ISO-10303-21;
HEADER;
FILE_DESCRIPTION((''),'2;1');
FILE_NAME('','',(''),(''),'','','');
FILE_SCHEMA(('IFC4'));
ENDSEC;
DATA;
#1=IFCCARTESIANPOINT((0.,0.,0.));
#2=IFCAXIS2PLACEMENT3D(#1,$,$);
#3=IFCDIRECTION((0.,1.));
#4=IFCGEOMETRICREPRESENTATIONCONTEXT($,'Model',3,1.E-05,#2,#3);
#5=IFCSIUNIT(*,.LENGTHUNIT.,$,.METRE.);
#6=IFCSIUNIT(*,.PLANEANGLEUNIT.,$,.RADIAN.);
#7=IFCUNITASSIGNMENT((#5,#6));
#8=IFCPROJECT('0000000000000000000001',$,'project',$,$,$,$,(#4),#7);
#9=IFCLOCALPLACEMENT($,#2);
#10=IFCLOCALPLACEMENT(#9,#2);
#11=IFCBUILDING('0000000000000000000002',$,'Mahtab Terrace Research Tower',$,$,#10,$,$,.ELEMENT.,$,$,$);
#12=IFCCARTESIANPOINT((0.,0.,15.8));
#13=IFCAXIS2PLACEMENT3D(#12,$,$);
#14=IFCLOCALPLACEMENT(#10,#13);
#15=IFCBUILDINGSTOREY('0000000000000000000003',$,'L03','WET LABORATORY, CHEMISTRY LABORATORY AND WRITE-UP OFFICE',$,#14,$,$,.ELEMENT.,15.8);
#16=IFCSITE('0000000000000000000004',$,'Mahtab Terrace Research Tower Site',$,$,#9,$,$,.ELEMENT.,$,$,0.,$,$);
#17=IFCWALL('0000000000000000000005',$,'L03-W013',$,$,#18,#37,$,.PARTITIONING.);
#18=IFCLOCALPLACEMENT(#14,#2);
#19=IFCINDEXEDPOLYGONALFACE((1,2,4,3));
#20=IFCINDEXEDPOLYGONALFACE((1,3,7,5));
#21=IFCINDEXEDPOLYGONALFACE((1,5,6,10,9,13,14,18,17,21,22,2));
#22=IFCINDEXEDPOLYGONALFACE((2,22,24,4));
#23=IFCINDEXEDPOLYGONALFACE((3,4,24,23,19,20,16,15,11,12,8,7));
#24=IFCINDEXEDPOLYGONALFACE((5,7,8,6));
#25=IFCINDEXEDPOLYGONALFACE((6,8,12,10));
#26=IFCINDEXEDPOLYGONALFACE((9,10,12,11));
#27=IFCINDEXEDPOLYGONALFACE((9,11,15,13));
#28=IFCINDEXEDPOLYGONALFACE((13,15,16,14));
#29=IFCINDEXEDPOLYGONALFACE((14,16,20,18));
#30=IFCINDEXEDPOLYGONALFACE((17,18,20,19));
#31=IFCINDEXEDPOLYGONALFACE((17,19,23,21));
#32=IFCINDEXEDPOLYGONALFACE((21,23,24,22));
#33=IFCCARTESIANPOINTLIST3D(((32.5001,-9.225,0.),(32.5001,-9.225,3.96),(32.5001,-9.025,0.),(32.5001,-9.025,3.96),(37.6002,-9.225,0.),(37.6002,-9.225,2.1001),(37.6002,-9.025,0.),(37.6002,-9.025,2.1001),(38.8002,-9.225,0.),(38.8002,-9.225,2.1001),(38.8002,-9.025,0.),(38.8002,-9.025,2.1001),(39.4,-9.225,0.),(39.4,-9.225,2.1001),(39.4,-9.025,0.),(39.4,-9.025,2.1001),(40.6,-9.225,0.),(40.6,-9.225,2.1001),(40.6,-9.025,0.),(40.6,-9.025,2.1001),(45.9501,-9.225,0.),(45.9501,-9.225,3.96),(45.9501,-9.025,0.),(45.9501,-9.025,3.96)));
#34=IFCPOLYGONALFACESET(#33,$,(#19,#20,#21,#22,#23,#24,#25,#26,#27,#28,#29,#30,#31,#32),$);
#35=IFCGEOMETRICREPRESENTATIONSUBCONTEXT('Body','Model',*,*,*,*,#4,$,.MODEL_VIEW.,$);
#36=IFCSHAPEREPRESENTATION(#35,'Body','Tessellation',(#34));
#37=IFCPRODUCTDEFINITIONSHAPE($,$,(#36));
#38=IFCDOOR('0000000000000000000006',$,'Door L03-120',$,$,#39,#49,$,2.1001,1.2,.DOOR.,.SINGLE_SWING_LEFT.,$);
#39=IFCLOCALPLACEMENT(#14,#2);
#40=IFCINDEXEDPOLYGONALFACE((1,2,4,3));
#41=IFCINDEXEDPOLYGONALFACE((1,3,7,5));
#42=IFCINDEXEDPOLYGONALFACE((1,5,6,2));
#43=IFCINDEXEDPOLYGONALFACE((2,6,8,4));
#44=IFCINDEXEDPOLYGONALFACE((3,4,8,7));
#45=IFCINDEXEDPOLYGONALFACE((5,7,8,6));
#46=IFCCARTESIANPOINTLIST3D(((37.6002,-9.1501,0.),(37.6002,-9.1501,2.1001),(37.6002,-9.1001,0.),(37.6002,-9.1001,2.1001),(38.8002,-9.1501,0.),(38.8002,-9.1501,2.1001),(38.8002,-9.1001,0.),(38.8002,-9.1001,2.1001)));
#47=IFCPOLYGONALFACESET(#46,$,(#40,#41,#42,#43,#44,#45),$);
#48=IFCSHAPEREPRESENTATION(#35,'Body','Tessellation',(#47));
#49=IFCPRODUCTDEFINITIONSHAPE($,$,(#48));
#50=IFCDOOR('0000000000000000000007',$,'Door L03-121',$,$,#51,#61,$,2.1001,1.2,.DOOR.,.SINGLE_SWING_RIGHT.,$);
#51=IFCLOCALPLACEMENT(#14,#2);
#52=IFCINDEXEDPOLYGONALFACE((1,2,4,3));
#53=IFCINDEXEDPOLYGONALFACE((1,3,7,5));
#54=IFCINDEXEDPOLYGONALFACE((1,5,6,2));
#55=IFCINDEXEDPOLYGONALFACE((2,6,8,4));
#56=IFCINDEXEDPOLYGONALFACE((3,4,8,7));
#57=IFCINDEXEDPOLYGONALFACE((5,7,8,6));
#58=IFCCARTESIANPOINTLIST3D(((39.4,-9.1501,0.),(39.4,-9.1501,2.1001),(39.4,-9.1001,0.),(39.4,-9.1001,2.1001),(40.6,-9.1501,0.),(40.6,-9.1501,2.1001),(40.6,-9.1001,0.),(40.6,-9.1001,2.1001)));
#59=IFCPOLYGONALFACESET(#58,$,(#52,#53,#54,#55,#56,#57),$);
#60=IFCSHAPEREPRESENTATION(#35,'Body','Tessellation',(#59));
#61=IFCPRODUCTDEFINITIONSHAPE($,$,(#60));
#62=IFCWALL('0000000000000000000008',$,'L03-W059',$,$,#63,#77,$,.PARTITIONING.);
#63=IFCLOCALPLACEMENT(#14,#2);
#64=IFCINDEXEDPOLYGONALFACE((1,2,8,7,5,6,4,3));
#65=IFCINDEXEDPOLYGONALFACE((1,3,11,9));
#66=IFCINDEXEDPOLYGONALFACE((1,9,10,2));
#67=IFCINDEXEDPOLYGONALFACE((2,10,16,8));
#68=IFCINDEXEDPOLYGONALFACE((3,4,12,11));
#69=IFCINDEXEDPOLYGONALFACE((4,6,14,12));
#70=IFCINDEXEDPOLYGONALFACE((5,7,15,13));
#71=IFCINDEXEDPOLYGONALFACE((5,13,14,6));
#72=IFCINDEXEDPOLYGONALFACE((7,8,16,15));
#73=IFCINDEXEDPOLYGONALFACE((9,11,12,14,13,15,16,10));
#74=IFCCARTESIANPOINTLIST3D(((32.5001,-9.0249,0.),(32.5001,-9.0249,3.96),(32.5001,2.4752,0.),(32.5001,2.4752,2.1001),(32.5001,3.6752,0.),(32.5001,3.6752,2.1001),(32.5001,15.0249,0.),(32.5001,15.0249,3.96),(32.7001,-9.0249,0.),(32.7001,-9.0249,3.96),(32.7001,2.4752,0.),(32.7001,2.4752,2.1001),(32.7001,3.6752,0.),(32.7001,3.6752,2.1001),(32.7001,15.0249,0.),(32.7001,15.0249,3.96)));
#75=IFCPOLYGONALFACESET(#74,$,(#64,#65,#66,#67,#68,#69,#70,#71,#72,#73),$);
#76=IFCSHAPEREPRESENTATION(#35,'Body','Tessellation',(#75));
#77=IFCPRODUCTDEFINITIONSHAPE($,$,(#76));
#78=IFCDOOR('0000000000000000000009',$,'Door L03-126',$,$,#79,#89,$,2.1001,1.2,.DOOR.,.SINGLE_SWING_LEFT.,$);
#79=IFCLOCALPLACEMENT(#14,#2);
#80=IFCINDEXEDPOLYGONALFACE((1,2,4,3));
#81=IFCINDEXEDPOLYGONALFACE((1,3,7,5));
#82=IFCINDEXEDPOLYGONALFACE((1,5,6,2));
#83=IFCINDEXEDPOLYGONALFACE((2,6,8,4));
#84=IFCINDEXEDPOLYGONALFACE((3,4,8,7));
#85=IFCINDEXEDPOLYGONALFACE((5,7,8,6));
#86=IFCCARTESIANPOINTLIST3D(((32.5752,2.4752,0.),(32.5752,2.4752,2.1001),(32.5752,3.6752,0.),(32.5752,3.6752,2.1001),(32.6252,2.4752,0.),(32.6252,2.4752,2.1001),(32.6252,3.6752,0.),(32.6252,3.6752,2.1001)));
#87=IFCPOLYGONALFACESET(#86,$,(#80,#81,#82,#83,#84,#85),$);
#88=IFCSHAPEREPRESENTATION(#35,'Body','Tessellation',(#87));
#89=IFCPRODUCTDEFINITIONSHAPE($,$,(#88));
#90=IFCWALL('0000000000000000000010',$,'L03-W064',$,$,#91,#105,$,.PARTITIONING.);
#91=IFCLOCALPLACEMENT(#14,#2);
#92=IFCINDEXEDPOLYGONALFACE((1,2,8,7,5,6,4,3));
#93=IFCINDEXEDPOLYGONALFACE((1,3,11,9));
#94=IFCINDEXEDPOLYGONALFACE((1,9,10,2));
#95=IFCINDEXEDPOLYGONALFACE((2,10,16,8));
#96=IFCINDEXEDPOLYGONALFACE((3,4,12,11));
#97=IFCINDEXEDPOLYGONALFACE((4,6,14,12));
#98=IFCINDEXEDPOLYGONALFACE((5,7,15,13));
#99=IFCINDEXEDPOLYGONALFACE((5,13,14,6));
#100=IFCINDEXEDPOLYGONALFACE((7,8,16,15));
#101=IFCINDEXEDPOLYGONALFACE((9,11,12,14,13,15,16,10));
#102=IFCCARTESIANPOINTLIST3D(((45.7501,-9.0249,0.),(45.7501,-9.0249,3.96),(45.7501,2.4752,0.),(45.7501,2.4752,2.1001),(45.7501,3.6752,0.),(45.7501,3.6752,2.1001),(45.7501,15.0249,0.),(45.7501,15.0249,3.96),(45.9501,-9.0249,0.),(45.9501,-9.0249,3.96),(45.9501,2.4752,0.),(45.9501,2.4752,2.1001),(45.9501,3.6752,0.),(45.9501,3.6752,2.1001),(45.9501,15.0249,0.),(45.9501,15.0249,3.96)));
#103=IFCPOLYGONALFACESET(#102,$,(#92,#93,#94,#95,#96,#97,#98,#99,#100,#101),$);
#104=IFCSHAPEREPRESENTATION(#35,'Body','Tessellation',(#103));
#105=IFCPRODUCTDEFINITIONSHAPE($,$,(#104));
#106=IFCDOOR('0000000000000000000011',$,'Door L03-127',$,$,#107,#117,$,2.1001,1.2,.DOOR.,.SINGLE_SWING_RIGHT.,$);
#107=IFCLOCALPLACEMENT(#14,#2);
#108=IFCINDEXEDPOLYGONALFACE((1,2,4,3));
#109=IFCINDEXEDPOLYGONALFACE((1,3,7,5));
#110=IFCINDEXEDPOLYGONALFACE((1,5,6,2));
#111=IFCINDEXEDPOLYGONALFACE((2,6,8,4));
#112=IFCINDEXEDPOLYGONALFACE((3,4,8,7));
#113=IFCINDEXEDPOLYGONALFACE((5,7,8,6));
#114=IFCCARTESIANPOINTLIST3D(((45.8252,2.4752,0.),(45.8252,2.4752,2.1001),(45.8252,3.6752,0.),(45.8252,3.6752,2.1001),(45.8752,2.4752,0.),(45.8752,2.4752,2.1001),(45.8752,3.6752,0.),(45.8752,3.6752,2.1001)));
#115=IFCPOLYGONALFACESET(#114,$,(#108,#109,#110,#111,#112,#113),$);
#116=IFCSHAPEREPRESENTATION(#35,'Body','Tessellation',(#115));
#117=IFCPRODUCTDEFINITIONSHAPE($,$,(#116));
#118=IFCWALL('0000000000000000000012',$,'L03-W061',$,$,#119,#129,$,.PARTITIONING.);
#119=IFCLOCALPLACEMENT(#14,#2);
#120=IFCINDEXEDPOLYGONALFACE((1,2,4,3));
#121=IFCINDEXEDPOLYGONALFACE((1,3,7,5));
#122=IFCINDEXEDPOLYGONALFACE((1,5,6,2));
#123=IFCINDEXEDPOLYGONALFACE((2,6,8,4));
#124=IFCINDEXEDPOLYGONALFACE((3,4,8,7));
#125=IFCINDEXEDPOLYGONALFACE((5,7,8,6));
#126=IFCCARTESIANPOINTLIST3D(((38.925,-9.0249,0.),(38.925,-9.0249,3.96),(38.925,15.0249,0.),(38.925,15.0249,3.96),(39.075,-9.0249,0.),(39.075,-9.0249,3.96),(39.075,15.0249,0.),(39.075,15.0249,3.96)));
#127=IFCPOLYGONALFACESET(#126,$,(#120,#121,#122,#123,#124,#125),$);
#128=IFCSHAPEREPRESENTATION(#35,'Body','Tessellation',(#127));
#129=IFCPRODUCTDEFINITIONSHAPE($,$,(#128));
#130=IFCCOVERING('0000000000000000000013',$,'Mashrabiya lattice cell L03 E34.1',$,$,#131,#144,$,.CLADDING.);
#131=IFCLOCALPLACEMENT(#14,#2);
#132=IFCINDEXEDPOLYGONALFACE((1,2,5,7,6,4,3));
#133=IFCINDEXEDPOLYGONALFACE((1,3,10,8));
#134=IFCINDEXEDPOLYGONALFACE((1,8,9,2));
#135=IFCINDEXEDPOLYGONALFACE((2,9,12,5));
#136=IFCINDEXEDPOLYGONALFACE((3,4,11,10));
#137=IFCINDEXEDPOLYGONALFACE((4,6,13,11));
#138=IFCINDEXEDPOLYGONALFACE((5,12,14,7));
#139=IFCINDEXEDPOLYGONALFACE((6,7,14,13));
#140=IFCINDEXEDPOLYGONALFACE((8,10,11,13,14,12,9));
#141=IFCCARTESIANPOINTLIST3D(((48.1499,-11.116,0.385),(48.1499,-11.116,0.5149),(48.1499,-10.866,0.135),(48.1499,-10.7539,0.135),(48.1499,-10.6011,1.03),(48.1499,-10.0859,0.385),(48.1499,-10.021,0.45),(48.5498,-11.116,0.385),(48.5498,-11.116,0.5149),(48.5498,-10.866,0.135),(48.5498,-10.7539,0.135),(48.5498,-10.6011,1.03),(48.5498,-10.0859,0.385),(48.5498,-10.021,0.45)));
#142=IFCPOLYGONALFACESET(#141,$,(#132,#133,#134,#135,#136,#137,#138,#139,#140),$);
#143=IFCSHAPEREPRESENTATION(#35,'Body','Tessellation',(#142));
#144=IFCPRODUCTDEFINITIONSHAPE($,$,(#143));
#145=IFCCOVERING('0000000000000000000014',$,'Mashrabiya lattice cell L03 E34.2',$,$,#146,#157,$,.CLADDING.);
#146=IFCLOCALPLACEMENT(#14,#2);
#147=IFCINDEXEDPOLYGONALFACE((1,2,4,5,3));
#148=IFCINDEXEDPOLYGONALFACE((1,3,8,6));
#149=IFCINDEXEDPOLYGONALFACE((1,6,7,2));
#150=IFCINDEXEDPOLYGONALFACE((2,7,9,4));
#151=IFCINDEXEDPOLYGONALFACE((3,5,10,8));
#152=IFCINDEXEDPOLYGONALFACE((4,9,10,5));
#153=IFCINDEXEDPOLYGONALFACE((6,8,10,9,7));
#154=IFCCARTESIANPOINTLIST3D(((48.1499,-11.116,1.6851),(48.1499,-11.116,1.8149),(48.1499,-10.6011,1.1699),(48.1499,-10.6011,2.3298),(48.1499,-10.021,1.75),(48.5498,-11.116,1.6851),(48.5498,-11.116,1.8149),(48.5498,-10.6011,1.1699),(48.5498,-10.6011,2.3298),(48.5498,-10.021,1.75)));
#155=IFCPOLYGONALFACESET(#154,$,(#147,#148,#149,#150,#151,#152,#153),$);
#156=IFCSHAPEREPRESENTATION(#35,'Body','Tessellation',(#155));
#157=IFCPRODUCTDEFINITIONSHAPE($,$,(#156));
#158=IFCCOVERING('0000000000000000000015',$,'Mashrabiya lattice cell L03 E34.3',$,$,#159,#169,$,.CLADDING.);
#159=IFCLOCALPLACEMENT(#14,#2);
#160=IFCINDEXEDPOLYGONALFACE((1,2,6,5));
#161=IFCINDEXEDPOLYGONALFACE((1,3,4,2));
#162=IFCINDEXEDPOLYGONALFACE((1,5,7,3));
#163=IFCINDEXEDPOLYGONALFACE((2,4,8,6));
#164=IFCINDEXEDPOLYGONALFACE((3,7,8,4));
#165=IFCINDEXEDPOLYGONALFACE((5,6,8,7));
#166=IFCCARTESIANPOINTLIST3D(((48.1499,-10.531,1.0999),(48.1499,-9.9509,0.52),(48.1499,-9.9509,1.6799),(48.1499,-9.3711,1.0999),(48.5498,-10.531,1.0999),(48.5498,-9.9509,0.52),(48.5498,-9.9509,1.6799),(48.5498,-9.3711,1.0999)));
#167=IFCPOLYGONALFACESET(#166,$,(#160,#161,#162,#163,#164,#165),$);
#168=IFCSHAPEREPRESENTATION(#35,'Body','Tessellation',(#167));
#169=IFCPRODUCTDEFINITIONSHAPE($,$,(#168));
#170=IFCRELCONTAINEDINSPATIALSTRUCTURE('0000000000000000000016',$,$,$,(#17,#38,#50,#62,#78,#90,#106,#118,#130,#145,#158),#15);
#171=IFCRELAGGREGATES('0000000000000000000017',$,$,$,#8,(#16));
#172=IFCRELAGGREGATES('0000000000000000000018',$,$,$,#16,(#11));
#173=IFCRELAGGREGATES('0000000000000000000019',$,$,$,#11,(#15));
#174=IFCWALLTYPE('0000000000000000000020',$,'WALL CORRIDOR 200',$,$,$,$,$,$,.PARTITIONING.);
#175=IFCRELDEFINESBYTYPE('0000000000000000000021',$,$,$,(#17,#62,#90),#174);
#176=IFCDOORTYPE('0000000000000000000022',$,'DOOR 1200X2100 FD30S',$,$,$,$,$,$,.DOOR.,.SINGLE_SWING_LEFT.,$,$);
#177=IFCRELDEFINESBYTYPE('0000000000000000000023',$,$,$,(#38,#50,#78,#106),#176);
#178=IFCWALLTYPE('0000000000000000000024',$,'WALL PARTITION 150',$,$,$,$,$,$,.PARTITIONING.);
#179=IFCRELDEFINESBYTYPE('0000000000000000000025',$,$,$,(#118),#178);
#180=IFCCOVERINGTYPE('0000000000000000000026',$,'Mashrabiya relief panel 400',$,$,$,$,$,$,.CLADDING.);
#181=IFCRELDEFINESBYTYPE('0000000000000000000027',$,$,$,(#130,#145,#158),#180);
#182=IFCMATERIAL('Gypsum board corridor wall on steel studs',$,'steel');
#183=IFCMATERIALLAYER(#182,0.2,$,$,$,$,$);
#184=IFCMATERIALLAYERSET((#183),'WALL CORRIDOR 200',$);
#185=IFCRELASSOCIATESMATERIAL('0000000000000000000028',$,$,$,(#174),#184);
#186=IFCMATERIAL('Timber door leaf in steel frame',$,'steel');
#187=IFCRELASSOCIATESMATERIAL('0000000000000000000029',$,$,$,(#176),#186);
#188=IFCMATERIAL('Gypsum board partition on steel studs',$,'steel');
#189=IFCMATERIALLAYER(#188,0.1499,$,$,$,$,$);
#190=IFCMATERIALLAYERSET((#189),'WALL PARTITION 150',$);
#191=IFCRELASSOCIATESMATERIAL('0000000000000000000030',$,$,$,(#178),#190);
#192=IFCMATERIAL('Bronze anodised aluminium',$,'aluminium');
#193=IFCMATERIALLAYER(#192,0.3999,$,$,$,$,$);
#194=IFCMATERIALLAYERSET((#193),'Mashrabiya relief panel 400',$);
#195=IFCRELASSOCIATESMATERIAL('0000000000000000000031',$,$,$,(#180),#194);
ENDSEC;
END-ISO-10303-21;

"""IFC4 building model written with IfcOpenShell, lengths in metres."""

from ifc_helpers import new_model, si_unit, direction, frame, frame_2d, origin, place, context, subcontext, project, spatial, polyline, rectangle, outline, extrude, material, layer, layer_set, type_object, element, fill, save


model = new_model("IFC4")

# Units and contexts
model_context = context("Model", 3, precision=1e-05, world=origin(), true_north=direction((0.0, 1.0)))
body_context = subcontext(model_context, "Body", "Model", "MODEL_VIEW")
ifc_project = project(units=[si_unit("LENGTHUNIT", "METRE"), si_unit("PLANEANGLEUNIT", "RADIAN")], contexts=[model_context])

# Site, building, storey
site_placement = place(None, origin())
site = spatial("IfcSite", under=ifc_project, at=site_placement, Name="Mahtab Terrace Research Tower Site", CompositionType="ELEMENT", RefElevation=0.0)
building_placement = place(site_placement, origin())
building = spatial("IfcBuilding", under=site, at=building_placement, Name="Mahtab Terrace Research Tower", CompositionType="ELEMENT")
storey_placement = place(building_placement, frame((0.0, 0.0, 15.8)))
storey = spatial("IfcBuildingStorey", under=building, at=storey_placement, Name="L03", Description="WET LABORATORY, CHEMISTRY LABORATORY AND WRITE-UP OFFICE", CompositionType="ELEMENT", Elevation=15.8)

# Shared definitions
ifc_material_1 = material(Name="Gypsum board corridor wall on steel studs", Category="steel")
ifc_layer_1 = layer(ifc_material_1, 0.2)
ifc_layer_set_1 = layer_set([ifc_layer_1], Name="WALL CORRIDOR 200")
wall_type_1 = type_object("IfcWallType", Name="WALL CORRIDOR 200", PredefinedType="PARTITIONING", material=ifc_layer_set_1)
ifc_material_2 = material(Name="Timber door leaf in steel frame", Category="steel")
door_type = type_object("IfcDoorType", Name="DOOR 1200X2100 FD30S", OperationType="SINGLE_SWING_LEFT", PredefinedType="DOOR", material=ifc_material_2)

# Wall, openings, doors
wall_1_placement = place(storey_placement, frame((32.5, -9.125, 0.0), z_axis=(0.0, 0.0, 1.0), x_axis=(1.0, 0.0, 0.0)))
wall_1 = element("IfcWall", 1, at=wall_1_placement, inside=storey, type_object=wall_type_1, Name="L03-W013", PredefinedType="PARTITIONING", context=body_context, shape_type="SweptSolid", body=[
    extrude(rectangle(XDim=13.45, YDim=0.2, at=frame_2d((6.7251, 0.0))), origin(), (0.0, 0.0, 1.0), 3.96),
])
opening_1_placement = place(wall_1_placement, frame((5.1001, 0.0, 0.0)))
opening_1 = element("IfcOpeningElement", 2, at=opening_1_placement, cuts=wall_1, PredefinedType="OPENING", context=body_context, shape_type="SweptSolid", body=[
    extrude(rectangle(XDim=1.2, YDim=2.1001, at=frame_2d((0.6001, 1.05))), frame((0.0, 0.1099, 0.0), z_axis=(0.0, -1.0, 0.0), x_axis=(1.0, 0.0, 0.0)), (0.0, 0.0, 1.0), 0.22),
])
opening_2_placement = place(wall_1_placement, frame((6.8999, 0.0, 0.0)))
opening_2 = element("IfcOpeningElement", 3, at=opening_2_placement, cuts=wall_1, PredefinedType="OPENING", context=body_context, shape_type="SweptSolid", body=[
    extrude(rectangle(XDim=1.2, YDim=2.1001, at=frame_2d((0.6001, 1.05))), frame((0.0, 0.1099, 0.0), z_axis=(0.0, -1.0, 0.0), x_axis=(1.0, 0.0, 0.0)), (0.0, 0.0, 1.0), 0.22),
])
door_1_placement = place(opening_1_placement, origin())
door_1 = element("IfcDoor", 4, at=door_1_placement, inside=storey, type_object=door_type, Name="Door L03-120", OperationType="SINGLE_SWING_LEFT", OverallHeight=2.1001, OverallWidth=1.2, PredefinedType="DOOR", context=body_context, shape_type="SweptSolid", body=[
    extrude(rectangle(XDim=1.2, YDim=2.1001, at=frame_2d((0.6001, 1.05))), frame((0.0, 0.0249, 0.0), z_axis=(0.0, -1.0, 0.0), x_axis=(1.0, 0.0, 0.0)), (0.0, 0.0, 1.0), 0.05),
])
fill(opening_1, door_1)
door_2_placement = place(opening_2_placement, origin())
door_2 = element("IfcDoor", 5, at=door_2_placement, inside=storey, type_object=door_type, Name="Door L03-121", OperationType="SINGLE_SWING_RIGHT", OverallHeight=2.1001, OverallWidth=1.2, PredefinedType="DOOR", context=body_context, shape_type="SweptSolid", body=[
    extrude(rectangle(XDim=1.2, YDim=2.1001, at=frame_2d((0.6001, 1.05))), frame((0.0, 0.0249, 0.0), z_axis=(0.0, -1.0, 0.0), x_axis=(1.0, 0.0, 0.0)), (0.0, 0.0, 1.0), 0.05),
])
fill(opening_2, door_2)

# Walls, openings, doors
wall_2_placement = place(storey_placement, frame((32.6001, -9.0249, 0.0), z_axis=(0.0, 0.0, 1.0), x_axis=(0.0, 1.0, 0.0)))
wall_2 = element("IfcWall", 6, at=wall_2_placement, inside=storey, type_object=wall_type_1, Name="L03-W059", PredefinedType="PARTITIONING", context=body_context, shape_type="SweptSolid", body=[
    extrude(rectangle(XDim=24.0498, YDim=0.2, at=frame_2d((12.0249, 0.0))), origin(), (0.0, 0.0, 1.0), 3.96),
])
opening_3_placement = place(wall_2_placement, frame((11.5, 0.0, 0.0)))
opening_3 = element("IfcOpeningElement", 7, at=opening_3_placement, cuts=wall_2, PredefinedType="OPENING", context=body_context, shape_type="SweptSolid", body=[
    extrude(rectangle(XDim=1.2, YDim=2.1001, at=frame_2d((0.6001, 1.05))), frame((0.0, 0.1099, 0.0), z_axis=(0.0, -1.0, 0.0), x_axis=(1.0, 0.0, 0.0)), (0.0, 0.0, 1.0), 0.22),
])
door_3_placement = place(opening_3_placement, origin())
door_3 = element("IfcDoor", 8, at=door_3_placement, inside=storey, type_object=door_type, Name="Door L03-126", OperationType="SINGLE_SWING_LEFT", OverallHeight=2.1001, OverallWidth=1.2, PredefinedType="DOOR", context=body_context, shape_type="SweptSolid", body=[
    extrude(rectangle(XDim=1.2, YDim=2.1001, at=frame_2d((0.6001, 1.05))), frame((0.0, 0.0249, 0.0), z_axis=(0.0, -1.0, 0.0), x_axis=(1.0, 0.0, 0.0)), (0.0, 0.0, 1.0), 0.05),
])
fill(opening_3, door_3)
wall_3_placement = place(storey_placement, frame((45.8501, -9.0249, 0.0), z_axis=(0.0, 0.0, 1.0), x_axis=(0.0, 1.0, 0.0)))
wall_3 = element("IfcWall", 9, at=wall_3_placement, inside=storey, type_object=wall_type_1, Name="L03-W064", PredefinedType="PARTITIONING", context=body_context, shape_type="SweptSolid", body=[
    extrude(rectangle(XDim=24.0498, YDim=0.2, at=frame_2d((12.0249, 0.0))), origin(), (0.0, 0.0, 1.0), 3.96),
])
opening_4_placement = place(wall_3_placement, frame((11.5, 0.0, 0.0)))
opening_4 = element("IfcOpeningElement", 10, at=opening_4_placement, cuts=wall_3, PredefinedType="OPENING", context=body_context, shape_type="SweptSolid", body=[
    extrude(rectangle(XDim=1.2, YDim=2.1001, at=frame_2d((0.6001, 1.05))), frame((0.0, 0.1099, 0.0), z_axis=(0.0, -1.0, 0.0), x_axis=(1.0, 0.0, 0.0)), (0.0, 0.0, 1.0), 0.22),
])
door_4_placement = place(opening_4_placement, origin())
door_4 = element("IfcDoor", 11, at=door_4_placement, inside=storey, type_object=door_type, Name="Door L03-127", OperationType="SINGLE_SWING_RIGHT", OverallHeight=2.1001, OverallWidth=1.2, PredefinedType="DOOR", context=body_context, shape_type="SweptSolid", body=[
    extrude(rectangle(XDim=1.2, YDim=2.1001, at=frame_2d((0.6001, 1.05))), frame((0.0, 0.0249, 0.0), z_axis=(0.0, -1.0, 0.0), x_axis=(1.0, 0.0, 0.0)), (0.0, 0.0, 1.0), 0.05),
])
fill(opening_4, door_4)

# Wall
ifc_material_3 = material(Name="Gypsum board partition on steel studs", Category="steel")
ifc_layer_2 = layer(ifc_material_3, 0.1499)
ifc_layer_set_2 = layer_set([ifc_layer_2], Name="WALL PARTITION 150")
wall_type_2 = type_object("IfcWallType", Name="WALL PARTITION 150", PredefinedType="PARTITIONING", material=ifc_layer_set_2)
wall_4_placement = place(storey_placement, frame((39.0, -9.0249, 0.0), z_axis=(0.0, 0.0, 1.0), x_axis=(0.0, 1.0, 0.0)))
element("IfcWall", 12, at=wall_4_placement, inside=storey, type_object=wall_type_2, Name="L03-W061", PredefinedType="PARTITIONING", context=body_context, shape_type="SweptSolid", body=[
    extrude(rectangle(XDim=24.0498, YDim=0.1499, at=frame_2d((12.0249, 0.0))), origin(), (0.0, 0.0, 1.0), 3.96),
])

# Coverings
ifc_material_4 = material(Name="Bronze anodised aluminium", Category="aluminium")
ifc_layer_3 = layer(ifc_material_4, 0.3999)
ifc_layer_set_3 = layer_set([ifc_layer_3], Name="Mashrabiya relief panel 400")
covering_type = type_object("IfcCoveringType", Name="Mashrabiya relief panel 400", PredefinedType="CLADDING", material=ifc_layer_set_3)
covering_1_placement = place(storey_placement, frame((48.1499, -11.116, 0.385), z_axis=(-1.0, 0.0, 0.0), x_axis=(0.0, 0.0, 1.0)))
element("IfcCovering", 13, at=covering_1_placement, inside=storey, type_object=covering_type, Name="Mashrabiya lattice cell L03 E34.1", PredefinedType="CLADDING", context=body_context, shape_type="SweptSolid", body=[
    extrude(outline(polyline([(0.0, 0.0), (0.1299, 0.0), (0.645, 0.5149), (0.0649, 1.095), (0.0, 1.03), (-0.25, 0.3621), (-0.25, 0.25), (0.0, 0.0)])), origin(), (0.0, 0.0, -1.0), 0.3999),
])
covering_2_placement = place(storey_placement, frame((48.1499, -10.6011, 2.3298), z_axis=(-1.0, 0.0, 0.0), x_axis=(0.0, 0.707256, -0.706958)))
element("IfcCovering", 14, at=covering_2_placement, inside=storey, type_object=covering_type, Name="Mashrabiya lattice cell L03 E34.2", PredefinedType="CLADDING", context=body_context, shape_type="SweptSolid", body=[
    extrude(outline(polyline([(0.0, 0.0), (0.8202, 0.0), (0.82, 0.8204), (0.0917, 0.82), (-0.0002, 0.7282), (0.0, 0.0)])), origin(), (0.0, 0.0, -1.0), 0.3999),
])
covering_3_placement = place(storey_placement, frame((48.1499, -9.9509, 1.6799), z_axis=(-1.0, 0.0, 0.0), x_axis=(0.0, 0.706958, -0.707256)))
element("IfcCovering", 15, at=covering_3_placement, inside=storey, type_object=covering_type, Name="Mashrabiya lattice cell L03 E34.3", PredefinedType="CLADDING", context=body_context, shape_type="SweptSolid", body=[
    extrude(outline(polyline([(0.0, 0.0), (0.8202, 0.0), (0.8204, 0.82), (0.0002, 0.8204), (0.0, 0.0)])), origin(), (0.0, 0.0, -1.0), 0.3999),
])

save(model, "model.ifc")
